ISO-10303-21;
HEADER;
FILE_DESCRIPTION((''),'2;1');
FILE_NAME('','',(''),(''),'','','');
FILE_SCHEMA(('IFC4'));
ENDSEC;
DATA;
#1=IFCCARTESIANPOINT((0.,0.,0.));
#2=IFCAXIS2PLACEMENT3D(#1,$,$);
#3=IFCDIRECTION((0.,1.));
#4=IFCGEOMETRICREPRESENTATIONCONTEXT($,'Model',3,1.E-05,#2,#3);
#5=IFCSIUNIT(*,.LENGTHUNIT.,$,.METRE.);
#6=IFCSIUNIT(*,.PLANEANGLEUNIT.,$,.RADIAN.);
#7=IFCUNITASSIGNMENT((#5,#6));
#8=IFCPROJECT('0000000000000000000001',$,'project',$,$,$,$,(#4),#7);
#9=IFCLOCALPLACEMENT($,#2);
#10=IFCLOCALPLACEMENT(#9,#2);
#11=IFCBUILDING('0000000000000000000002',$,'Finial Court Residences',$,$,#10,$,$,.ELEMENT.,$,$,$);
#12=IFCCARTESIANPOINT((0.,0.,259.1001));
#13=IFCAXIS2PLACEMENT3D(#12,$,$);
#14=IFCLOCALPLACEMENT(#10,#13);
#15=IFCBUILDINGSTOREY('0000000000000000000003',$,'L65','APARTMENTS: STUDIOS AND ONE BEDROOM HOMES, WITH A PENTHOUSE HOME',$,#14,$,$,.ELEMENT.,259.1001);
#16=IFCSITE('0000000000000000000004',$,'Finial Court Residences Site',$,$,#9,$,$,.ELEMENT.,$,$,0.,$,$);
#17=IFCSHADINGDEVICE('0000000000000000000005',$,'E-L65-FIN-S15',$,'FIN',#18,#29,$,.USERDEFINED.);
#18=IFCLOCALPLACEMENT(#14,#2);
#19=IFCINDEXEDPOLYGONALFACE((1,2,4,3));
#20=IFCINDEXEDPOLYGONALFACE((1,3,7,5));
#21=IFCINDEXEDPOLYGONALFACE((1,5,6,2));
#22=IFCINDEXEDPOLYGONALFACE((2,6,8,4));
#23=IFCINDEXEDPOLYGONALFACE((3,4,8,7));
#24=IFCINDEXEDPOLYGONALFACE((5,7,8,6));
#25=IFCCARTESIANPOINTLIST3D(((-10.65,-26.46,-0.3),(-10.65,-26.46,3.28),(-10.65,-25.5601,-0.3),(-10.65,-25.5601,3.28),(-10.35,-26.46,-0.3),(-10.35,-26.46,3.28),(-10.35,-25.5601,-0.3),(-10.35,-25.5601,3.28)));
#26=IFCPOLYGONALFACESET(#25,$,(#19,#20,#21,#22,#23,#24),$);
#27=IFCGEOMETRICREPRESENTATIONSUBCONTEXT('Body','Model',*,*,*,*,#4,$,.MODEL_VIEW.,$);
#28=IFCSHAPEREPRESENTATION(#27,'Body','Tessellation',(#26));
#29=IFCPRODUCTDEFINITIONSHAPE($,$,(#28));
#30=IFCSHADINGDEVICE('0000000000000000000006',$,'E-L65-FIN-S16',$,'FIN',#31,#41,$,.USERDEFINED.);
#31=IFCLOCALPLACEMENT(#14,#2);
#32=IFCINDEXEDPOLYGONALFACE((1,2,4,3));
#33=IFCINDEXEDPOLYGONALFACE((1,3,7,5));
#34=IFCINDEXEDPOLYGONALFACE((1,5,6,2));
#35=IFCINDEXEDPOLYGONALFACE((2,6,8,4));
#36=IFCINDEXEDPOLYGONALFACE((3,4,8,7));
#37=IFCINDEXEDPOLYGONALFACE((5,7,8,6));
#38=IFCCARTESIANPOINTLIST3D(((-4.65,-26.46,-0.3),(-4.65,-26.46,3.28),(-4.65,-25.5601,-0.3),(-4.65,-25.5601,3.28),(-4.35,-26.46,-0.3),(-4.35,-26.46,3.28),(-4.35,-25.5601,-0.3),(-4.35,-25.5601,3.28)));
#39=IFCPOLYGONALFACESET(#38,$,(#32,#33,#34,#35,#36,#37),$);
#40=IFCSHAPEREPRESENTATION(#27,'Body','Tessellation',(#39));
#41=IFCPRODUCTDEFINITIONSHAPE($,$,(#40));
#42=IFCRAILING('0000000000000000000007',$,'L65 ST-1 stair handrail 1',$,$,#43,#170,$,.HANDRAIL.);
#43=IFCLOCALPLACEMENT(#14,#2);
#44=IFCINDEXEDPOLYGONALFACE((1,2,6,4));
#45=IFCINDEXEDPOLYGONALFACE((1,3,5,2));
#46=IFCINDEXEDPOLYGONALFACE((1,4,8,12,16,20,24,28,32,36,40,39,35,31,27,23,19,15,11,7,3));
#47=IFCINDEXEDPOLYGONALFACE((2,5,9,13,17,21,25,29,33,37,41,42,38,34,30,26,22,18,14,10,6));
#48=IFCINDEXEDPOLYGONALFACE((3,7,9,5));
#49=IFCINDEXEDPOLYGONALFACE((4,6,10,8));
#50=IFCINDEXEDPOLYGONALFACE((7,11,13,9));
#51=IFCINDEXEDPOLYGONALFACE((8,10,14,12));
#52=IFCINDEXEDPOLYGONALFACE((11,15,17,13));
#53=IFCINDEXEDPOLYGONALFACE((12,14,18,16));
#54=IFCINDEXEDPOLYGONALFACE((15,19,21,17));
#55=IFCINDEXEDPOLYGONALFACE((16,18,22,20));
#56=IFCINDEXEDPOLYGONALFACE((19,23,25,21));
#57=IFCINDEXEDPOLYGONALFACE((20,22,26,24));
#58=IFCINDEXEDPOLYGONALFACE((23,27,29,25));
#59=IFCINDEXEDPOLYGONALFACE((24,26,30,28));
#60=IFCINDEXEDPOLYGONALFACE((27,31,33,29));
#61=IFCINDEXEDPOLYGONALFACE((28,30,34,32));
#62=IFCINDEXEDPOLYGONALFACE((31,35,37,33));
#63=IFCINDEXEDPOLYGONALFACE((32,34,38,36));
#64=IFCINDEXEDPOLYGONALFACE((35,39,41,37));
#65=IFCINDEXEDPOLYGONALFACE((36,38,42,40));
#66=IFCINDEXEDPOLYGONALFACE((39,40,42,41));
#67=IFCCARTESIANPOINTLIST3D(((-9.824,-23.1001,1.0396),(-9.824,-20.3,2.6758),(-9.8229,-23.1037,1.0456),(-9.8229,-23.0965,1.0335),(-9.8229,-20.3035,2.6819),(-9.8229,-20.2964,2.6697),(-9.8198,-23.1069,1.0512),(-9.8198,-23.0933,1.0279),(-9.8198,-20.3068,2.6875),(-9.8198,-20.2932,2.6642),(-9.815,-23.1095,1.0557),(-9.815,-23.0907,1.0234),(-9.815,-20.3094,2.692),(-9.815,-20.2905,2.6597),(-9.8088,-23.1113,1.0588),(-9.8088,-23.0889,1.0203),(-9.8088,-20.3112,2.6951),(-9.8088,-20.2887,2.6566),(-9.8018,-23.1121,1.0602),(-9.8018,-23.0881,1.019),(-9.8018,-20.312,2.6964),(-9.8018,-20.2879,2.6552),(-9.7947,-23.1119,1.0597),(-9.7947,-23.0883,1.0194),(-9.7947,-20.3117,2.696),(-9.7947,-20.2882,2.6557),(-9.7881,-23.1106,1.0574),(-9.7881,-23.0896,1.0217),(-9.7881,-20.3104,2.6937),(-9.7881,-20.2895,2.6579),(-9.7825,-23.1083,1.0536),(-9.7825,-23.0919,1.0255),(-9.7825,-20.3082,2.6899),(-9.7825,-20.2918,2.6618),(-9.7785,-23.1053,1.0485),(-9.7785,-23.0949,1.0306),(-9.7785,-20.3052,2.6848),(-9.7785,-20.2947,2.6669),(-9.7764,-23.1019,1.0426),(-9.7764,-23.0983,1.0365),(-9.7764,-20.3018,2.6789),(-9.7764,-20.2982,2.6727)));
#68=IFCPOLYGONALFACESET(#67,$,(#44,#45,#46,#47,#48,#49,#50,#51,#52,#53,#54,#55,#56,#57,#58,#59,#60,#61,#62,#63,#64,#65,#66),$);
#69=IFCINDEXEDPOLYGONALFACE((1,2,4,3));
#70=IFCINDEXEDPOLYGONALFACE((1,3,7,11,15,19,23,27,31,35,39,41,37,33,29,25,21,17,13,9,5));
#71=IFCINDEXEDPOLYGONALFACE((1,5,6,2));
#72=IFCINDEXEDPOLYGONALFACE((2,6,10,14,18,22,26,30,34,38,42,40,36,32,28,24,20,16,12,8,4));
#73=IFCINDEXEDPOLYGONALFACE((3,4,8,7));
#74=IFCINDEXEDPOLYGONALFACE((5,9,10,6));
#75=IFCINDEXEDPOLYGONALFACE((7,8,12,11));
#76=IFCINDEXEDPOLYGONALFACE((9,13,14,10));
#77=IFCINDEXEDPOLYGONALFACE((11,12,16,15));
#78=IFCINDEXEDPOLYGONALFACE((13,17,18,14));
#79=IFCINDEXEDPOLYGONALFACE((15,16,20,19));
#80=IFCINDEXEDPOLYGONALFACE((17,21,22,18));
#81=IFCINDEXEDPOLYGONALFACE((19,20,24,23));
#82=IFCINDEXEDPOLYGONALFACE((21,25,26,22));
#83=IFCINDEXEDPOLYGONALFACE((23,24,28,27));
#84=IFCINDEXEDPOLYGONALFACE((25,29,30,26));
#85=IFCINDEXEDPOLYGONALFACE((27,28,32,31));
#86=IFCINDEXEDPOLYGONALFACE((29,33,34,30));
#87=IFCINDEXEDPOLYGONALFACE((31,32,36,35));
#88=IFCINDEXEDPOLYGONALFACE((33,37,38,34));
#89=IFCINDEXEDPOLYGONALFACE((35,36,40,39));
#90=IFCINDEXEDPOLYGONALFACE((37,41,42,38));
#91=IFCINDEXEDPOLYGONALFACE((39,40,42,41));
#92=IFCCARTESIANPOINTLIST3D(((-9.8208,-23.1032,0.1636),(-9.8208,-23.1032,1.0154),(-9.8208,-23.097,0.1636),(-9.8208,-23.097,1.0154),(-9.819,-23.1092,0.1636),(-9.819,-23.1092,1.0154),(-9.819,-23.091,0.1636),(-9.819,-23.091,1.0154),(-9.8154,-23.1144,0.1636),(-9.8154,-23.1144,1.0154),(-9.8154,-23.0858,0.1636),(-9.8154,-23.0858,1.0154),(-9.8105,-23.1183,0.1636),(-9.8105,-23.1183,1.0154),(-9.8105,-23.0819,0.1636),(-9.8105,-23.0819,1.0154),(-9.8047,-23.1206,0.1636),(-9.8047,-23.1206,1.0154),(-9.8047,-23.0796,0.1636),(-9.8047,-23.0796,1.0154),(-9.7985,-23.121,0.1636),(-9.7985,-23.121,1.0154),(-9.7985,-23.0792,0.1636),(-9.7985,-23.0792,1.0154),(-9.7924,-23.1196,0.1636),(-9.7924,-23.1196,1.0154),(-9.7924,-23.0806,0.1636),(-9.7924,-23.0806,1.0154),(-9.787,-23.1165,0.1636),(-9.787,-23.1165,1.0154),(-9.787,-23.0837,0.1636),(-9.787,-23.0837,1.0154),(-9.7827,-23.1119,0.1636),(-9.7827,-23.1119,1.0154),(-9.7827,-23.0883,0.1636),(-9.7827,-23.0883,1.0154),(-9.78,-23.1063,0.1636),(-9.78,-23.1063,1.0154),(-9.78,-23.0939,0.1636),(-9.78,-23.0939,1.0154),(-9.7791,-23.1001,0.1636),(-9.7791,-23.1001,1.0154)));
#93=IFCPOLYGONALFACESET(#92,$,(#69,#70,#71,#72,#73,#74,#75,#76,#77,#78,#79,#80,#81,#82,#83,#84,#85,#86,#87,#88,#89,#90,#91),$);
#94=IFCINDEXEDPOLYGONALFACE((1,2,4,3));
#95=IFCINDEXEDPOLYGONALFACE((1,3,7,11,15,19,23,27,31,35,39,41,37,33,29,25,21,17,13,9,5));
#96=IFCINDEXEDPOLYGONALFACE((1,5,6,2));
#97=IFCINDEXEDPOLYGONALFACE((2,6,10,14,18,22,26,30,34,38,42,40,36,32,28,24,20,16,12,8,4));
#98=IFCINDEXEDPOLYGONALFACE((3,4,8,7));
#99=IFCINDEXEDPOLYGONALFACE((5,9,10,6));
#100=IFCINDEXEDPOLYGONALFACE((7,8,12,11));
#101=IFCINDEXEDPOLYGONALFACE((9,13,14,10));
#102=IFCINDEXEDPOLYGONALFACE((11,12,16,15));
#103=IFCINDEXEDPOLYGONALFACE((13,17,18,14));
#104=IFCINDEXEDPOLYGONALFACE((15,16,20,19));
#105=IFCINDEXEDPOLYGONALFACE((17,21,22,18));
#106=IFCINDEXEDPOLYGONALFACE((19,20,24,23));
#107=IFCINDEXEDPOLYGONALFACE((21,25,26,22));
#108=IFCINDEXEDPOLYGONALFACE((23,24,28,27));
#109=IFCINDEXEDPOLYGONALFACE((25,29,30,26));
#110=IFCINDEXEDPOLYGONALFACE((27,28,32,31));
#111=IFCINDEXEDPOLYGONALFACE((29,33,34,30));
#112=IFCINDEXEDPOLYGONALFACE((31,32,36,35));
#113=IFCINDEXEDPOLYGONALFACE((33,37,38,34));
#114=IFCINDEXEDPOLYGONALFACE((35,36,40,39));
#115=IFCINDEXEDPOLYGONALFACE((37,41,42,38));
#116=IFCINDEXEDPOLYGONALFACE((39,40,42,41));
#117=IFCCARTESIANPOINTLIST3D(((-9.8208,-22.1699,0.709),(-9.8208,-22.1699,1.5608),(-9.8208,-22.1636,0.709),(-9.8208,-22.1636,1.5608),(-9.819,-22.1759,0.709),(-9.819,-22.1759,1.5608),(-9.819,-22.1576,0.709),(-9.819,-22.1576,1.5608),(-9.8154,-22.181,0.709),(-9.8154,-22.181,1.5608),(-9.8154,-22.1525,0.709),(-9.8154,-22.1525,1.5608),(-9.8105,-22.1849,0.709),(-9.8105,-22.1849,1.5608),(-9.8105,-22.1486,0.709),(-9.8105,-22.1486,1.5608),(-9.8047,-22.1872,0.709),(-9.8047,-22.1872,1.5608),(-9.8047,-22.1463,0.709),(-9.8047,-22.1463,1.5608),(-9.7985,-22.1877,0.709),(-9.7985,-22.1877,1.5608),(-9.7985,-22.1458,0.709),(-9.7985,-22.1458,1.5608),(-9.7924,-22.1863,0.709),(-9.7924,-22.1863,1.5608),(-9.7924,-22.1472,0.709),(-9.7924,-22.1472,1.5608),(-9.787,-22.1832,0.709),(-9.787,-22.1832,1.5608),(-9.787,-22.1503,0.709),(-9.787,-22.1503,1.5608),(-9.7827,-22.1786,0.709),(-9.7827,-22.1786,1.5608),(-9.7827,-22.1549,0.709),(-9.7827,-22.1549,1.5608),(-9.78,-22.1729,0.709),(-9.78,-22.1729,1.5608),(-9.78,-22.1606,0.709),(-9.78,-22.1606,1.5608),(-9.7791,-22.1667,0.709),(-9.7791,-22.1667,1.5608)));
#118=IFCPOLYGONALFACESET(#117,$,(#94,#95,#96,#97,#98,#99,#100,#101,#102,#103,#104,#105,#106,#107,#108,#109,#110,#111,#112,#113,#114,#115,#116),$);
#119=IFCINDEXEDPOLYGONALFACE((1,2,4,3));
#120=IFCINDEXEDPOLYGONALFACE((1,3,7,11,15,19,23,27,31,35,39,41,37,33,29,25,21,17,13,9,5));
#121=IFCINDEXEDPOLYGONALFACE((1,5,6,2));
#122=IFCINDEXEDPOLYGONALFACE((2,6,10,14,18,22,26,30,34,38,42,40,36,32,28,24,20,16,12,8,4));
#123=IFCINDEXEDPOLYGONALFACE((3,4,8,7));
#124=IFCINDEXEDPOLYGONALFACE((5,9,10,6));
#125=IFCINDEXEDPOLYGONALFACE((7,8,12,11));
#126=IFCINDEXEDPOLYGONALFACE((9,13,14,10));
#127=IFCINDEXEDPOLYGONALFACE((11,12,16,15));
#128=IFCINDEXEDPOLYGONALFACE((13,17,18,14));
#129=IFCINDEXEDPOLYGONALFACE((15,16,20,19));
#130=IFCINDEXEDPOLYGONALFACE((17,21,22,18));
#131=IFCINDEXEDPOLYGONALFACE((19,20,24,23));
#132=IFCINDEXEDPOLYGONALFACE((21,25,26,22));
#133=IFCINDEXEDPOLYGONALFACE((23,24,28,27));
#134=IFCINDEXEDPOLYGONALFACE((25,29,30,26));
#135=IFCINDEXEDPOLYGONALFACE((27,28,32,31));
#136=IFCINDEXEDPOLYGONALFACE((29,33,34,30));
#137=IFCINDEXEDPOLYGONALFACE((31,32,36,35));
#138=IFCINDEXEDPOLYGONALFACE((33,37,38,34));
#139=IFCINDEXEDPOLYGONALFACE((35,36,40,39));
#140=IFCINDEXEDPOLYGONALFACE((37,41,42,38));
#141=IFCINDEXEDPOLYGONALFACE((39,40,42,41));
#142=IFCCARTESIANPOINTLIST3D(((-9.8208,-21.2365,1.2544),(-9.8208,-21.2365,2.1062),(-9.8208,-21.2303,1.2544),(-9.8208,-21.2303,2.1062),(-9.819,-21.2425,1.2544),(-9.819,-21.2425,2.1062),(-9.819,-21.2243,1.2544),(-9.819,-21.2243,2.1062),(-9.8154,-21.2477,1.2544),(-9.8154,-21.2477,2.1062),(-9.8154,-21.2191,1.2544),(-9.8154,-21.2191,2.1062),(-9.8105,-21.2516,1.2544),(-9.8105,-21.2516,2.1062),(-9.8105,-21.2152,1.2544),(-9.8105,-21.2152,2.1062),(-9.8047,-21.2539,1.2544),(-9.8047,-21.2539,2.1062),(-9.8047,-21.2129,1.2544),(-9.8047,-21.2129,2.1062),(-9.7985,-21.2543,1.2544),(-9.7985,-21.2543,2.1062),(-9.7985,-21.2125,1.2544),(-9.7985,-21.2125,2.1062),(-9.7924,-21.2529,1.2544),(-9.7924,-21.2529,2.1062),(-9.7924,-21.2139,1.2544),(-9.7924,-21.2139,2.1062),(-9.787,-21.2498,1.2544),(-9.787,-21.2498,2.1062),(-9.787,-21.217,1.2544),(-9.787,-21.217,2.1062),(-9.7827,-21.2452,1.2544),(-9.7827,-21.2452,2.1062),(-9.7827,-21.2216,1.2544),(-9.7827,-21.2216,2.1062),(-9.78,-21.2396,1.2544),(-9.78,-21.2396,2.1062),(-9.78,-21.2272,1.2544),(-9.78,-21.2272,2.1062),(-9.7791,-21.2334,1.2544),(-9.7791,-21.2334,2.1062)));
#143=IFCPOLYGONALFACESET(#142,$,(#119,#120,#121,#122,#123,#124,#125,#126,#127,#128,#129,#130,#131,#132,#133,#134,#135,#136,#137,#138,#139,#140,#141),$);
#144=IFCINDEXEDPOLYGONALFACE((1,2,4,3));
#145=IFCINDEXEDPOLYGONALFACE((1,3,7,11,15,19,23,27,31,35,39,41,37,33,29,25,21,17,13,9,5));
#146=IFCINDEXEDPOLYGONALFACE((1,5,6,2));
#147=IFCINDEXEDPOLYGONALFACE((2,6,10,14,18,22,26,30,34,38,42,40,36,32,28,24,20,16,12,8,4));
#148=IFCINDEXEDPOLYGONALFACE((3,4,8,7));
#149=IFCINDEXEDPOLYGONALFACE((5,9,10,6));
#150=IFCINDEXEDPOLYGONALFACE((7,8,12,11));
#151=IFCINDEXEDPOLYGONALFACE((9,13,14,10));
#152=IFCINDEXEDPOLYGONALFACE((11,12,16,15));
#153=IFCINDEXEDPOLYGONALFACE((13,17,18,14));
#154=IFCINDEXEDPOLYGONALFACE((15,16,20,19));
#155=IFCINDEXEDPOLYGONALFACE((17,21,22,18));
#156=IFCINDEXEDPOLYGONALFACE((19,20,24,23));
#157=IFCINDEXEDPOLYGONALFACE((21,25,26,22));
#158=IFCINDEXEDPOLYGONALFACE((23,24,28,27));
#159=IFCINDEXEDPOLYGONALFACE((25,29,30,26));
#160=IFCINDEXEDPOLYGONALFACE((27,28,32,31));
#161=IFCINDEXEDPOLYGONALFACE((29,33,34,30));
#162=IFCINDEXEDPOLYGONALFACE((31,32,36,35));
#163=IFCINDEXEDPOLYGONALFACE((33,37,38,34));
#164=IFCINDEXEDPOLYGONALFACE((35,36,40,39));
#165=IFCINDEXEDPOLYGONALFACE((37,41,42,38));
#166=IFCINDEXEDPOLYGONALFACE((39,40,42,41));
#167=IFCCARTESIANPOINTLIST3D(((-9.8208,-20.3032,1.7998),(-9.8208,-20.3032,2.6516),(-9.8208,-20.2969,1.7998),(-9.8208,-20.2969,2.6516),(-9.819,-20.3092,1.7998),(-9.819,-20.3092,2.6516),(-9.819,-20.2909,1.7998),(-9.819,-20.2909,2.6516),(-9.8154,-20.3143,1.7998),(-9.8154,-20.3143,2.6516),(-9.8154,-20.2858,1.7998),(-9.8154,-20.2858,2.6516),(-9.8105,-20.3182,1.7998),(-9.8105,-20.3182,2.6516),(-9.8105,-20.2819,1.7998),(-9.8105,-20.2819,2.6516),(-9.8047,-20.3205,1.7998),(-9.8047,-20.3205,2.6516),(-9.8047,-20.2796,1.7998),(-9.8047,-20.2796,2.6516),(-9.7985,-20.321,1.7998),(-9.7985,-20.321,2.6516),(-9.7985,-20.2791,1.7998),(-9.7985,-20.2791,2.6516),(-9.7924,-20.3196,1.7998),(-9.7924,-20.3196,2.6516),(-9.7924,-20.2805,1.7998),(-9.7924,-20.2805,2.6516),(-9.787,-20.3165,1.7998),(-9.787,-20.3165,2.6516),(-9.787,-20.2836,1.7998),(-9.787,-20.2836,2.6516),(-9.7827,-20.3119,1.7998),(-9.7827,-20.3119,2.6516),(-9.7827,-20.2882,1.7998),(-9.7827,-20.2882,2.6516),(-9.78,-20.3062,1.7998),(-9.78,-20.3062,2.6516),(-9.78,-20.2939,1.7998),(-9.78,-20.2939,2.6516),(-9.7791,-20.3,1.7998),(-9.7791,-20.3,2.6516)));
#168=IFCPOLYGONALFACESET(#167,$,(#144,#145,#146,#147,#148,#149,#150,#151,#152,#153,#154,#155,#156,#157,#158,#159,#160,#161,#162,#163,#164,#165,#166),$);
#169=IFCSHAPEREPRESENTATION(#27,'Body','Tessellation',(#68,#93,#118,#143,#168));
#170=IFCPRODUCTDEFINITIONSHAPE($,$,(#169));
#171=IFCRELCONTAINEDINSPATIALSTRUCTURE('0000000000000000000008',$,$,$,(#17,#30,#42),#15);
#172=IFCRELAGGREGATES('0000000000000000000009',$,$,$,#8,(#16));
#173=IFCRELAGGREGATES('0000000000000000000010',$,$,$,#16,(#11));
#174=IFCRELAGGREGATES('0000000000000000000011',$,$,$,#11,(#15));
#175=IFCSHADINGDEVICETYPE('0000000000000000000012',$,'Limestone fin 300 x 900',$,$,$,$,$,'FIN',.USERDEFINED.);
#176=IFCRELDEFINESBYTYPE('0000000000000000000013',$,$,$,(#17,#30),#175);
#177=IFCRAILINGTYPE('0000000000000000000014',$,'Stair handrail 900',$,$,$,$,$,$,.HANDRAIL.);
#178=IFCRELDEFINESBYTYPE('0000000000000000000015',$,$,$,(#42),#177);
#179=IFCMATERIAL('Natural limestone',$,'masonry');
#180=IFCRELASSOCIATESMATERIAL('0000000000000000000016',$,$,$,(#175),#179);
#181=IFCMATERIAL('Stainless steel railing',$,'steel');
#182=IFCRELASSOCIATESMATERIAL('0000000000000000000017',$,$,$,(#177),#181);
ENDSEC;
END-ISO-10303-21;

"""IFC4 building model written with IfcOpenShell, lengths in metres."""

from ifc_helpers import new_model, si_unit, direction, frame, origin, origin_2d, place, context, subcontext, project, spatial, rectangle, circle, extrude, material, type_object, element, save


model = new_model("IFC4")

# Units and contexts
model_context = context("Model", 3, precision=1e-05, world=origin(), true_north=direction((0.0, 1.0)))
body_context = subcontext(model_context, "Body", "Model", "MODEL_VIEW")
ifc_project = project(units=[si_unit("LENGTHUNIT", "METRE"), si_unit("PLANEANGLEUNIT", "RADIAN")], contexts=[model_context])

# Site, building, storey
site_placement = place(None, origin())
site = spatial("IfcSite", under=ifc_project, at=site_placement, Name="Finial Court Residences Site", CompositionType="ELEMENT", RefElevation=0.0)
building_placement = place(site_placement, origin())
building = spatial("IfcBuilding", under=site, at=building_placement, Name="Finial Court Residences", CompositionType="ELEMENT")
storey_placement = place(building_placement, frame((0.0, 0.0, 259.1001)))
storey = spatial("IfcBuildingStorey", under=building, at=storey_placement, Name="L65", Description="APARTMENTS: STUDIOS AND ONE BEDROOM HOMES, WITH A PENTHOUSE HOME", CompositionType="ELEMENT", Elevation=259.1001)

# Shading devices
ifc_material_1 = material(Name="Natural limestone", Category="masonry")
shading_device_type = type_object("IfcShadingDeviceType", Name="Limestone fin 300 x 900", ElementType="FIN", PredefinedType="USERDEFINED", material=ifc_material_1)
for number, where, z_axis, x_axis, name in (
    (1, (-10.5, -26.01, -0.3), (0.0, 0.0, 1.0), (1.0, 0.0, 0.0), "E-L65-FIN-S15"),
    (2, (-4.5, -26.01, -0.3), (0.0, 0.0, 1.0), (1.0, 0.0, 0.0), "E-L65-FIN-S16"),
):
    element("IfcShadingDevice", number, at=place(storey_placement, frame(where, z_axis=z_axis, x_axis=x_axis)), inside=storey, type_object=shading_device_type, Name=name, ObjectType="FIN", PredefinedType="USERDEFINED", context=body_context, shape_type="SweptSolid", body=[
        extrude(rectangle(XDim=0.3, YDim=0.8999, at=origin_2d()), origin(), (0.0, 0.0, 1.0), 3.5801),
    ])

# Railing
ifc_material_2 = material(Name="Stainless steel railing", Category="steel")
railing_type_1 = type_object("IfcRailingType", Name="Stair handrail 900", PredefinedType="HANDRAIL", material=ifc_material_2)
railing_1_placement = place(storey_placement, frame((-9.8, -23.1001, 0.1636)))
element("IfcRailing", 3, at=railing_1_placement, inside=storey, type_object=railing_type_1, Name="L65 ST-1 stair handrail 1", PredefinedType="HANDRAIL", context=body_context, shape_type="SweptSolid", body=[
    extrude(circle(Radius=0.0239, at=origin_2d()), frame((0.0, 0.0, 0.876), z_axis=(0.0, 0.863394, 0.504531), x_axis=(-1.0, 0.0, 0.0)), (0.0, 0.0, 1.0), 3.2432),
    extrude(circle(Radius=0.021, at=origin_2d()), origin(), (0.0, 0.0, 1.0), 0.8518),
    extrude(circle(Radius=0.021, at=origin_2d()), frame((0.0, 0.9333, 0.5454)), (0.0, 0.0, 1.0), 0.8518),
    extrude(circle(Radius=0.021, at=origin_2d()), frame((0.0, 1.8667, 1.0908)), (0.0, 0.0, 1.0), 0.8518),
    extrude(circle(Radius=0.021, at=origin_2d()), frame((0.0, 2.8, 1.6362)), (0.0, 0.0, 1.0), 0.8518),
])

save(model, "model.ifc")
